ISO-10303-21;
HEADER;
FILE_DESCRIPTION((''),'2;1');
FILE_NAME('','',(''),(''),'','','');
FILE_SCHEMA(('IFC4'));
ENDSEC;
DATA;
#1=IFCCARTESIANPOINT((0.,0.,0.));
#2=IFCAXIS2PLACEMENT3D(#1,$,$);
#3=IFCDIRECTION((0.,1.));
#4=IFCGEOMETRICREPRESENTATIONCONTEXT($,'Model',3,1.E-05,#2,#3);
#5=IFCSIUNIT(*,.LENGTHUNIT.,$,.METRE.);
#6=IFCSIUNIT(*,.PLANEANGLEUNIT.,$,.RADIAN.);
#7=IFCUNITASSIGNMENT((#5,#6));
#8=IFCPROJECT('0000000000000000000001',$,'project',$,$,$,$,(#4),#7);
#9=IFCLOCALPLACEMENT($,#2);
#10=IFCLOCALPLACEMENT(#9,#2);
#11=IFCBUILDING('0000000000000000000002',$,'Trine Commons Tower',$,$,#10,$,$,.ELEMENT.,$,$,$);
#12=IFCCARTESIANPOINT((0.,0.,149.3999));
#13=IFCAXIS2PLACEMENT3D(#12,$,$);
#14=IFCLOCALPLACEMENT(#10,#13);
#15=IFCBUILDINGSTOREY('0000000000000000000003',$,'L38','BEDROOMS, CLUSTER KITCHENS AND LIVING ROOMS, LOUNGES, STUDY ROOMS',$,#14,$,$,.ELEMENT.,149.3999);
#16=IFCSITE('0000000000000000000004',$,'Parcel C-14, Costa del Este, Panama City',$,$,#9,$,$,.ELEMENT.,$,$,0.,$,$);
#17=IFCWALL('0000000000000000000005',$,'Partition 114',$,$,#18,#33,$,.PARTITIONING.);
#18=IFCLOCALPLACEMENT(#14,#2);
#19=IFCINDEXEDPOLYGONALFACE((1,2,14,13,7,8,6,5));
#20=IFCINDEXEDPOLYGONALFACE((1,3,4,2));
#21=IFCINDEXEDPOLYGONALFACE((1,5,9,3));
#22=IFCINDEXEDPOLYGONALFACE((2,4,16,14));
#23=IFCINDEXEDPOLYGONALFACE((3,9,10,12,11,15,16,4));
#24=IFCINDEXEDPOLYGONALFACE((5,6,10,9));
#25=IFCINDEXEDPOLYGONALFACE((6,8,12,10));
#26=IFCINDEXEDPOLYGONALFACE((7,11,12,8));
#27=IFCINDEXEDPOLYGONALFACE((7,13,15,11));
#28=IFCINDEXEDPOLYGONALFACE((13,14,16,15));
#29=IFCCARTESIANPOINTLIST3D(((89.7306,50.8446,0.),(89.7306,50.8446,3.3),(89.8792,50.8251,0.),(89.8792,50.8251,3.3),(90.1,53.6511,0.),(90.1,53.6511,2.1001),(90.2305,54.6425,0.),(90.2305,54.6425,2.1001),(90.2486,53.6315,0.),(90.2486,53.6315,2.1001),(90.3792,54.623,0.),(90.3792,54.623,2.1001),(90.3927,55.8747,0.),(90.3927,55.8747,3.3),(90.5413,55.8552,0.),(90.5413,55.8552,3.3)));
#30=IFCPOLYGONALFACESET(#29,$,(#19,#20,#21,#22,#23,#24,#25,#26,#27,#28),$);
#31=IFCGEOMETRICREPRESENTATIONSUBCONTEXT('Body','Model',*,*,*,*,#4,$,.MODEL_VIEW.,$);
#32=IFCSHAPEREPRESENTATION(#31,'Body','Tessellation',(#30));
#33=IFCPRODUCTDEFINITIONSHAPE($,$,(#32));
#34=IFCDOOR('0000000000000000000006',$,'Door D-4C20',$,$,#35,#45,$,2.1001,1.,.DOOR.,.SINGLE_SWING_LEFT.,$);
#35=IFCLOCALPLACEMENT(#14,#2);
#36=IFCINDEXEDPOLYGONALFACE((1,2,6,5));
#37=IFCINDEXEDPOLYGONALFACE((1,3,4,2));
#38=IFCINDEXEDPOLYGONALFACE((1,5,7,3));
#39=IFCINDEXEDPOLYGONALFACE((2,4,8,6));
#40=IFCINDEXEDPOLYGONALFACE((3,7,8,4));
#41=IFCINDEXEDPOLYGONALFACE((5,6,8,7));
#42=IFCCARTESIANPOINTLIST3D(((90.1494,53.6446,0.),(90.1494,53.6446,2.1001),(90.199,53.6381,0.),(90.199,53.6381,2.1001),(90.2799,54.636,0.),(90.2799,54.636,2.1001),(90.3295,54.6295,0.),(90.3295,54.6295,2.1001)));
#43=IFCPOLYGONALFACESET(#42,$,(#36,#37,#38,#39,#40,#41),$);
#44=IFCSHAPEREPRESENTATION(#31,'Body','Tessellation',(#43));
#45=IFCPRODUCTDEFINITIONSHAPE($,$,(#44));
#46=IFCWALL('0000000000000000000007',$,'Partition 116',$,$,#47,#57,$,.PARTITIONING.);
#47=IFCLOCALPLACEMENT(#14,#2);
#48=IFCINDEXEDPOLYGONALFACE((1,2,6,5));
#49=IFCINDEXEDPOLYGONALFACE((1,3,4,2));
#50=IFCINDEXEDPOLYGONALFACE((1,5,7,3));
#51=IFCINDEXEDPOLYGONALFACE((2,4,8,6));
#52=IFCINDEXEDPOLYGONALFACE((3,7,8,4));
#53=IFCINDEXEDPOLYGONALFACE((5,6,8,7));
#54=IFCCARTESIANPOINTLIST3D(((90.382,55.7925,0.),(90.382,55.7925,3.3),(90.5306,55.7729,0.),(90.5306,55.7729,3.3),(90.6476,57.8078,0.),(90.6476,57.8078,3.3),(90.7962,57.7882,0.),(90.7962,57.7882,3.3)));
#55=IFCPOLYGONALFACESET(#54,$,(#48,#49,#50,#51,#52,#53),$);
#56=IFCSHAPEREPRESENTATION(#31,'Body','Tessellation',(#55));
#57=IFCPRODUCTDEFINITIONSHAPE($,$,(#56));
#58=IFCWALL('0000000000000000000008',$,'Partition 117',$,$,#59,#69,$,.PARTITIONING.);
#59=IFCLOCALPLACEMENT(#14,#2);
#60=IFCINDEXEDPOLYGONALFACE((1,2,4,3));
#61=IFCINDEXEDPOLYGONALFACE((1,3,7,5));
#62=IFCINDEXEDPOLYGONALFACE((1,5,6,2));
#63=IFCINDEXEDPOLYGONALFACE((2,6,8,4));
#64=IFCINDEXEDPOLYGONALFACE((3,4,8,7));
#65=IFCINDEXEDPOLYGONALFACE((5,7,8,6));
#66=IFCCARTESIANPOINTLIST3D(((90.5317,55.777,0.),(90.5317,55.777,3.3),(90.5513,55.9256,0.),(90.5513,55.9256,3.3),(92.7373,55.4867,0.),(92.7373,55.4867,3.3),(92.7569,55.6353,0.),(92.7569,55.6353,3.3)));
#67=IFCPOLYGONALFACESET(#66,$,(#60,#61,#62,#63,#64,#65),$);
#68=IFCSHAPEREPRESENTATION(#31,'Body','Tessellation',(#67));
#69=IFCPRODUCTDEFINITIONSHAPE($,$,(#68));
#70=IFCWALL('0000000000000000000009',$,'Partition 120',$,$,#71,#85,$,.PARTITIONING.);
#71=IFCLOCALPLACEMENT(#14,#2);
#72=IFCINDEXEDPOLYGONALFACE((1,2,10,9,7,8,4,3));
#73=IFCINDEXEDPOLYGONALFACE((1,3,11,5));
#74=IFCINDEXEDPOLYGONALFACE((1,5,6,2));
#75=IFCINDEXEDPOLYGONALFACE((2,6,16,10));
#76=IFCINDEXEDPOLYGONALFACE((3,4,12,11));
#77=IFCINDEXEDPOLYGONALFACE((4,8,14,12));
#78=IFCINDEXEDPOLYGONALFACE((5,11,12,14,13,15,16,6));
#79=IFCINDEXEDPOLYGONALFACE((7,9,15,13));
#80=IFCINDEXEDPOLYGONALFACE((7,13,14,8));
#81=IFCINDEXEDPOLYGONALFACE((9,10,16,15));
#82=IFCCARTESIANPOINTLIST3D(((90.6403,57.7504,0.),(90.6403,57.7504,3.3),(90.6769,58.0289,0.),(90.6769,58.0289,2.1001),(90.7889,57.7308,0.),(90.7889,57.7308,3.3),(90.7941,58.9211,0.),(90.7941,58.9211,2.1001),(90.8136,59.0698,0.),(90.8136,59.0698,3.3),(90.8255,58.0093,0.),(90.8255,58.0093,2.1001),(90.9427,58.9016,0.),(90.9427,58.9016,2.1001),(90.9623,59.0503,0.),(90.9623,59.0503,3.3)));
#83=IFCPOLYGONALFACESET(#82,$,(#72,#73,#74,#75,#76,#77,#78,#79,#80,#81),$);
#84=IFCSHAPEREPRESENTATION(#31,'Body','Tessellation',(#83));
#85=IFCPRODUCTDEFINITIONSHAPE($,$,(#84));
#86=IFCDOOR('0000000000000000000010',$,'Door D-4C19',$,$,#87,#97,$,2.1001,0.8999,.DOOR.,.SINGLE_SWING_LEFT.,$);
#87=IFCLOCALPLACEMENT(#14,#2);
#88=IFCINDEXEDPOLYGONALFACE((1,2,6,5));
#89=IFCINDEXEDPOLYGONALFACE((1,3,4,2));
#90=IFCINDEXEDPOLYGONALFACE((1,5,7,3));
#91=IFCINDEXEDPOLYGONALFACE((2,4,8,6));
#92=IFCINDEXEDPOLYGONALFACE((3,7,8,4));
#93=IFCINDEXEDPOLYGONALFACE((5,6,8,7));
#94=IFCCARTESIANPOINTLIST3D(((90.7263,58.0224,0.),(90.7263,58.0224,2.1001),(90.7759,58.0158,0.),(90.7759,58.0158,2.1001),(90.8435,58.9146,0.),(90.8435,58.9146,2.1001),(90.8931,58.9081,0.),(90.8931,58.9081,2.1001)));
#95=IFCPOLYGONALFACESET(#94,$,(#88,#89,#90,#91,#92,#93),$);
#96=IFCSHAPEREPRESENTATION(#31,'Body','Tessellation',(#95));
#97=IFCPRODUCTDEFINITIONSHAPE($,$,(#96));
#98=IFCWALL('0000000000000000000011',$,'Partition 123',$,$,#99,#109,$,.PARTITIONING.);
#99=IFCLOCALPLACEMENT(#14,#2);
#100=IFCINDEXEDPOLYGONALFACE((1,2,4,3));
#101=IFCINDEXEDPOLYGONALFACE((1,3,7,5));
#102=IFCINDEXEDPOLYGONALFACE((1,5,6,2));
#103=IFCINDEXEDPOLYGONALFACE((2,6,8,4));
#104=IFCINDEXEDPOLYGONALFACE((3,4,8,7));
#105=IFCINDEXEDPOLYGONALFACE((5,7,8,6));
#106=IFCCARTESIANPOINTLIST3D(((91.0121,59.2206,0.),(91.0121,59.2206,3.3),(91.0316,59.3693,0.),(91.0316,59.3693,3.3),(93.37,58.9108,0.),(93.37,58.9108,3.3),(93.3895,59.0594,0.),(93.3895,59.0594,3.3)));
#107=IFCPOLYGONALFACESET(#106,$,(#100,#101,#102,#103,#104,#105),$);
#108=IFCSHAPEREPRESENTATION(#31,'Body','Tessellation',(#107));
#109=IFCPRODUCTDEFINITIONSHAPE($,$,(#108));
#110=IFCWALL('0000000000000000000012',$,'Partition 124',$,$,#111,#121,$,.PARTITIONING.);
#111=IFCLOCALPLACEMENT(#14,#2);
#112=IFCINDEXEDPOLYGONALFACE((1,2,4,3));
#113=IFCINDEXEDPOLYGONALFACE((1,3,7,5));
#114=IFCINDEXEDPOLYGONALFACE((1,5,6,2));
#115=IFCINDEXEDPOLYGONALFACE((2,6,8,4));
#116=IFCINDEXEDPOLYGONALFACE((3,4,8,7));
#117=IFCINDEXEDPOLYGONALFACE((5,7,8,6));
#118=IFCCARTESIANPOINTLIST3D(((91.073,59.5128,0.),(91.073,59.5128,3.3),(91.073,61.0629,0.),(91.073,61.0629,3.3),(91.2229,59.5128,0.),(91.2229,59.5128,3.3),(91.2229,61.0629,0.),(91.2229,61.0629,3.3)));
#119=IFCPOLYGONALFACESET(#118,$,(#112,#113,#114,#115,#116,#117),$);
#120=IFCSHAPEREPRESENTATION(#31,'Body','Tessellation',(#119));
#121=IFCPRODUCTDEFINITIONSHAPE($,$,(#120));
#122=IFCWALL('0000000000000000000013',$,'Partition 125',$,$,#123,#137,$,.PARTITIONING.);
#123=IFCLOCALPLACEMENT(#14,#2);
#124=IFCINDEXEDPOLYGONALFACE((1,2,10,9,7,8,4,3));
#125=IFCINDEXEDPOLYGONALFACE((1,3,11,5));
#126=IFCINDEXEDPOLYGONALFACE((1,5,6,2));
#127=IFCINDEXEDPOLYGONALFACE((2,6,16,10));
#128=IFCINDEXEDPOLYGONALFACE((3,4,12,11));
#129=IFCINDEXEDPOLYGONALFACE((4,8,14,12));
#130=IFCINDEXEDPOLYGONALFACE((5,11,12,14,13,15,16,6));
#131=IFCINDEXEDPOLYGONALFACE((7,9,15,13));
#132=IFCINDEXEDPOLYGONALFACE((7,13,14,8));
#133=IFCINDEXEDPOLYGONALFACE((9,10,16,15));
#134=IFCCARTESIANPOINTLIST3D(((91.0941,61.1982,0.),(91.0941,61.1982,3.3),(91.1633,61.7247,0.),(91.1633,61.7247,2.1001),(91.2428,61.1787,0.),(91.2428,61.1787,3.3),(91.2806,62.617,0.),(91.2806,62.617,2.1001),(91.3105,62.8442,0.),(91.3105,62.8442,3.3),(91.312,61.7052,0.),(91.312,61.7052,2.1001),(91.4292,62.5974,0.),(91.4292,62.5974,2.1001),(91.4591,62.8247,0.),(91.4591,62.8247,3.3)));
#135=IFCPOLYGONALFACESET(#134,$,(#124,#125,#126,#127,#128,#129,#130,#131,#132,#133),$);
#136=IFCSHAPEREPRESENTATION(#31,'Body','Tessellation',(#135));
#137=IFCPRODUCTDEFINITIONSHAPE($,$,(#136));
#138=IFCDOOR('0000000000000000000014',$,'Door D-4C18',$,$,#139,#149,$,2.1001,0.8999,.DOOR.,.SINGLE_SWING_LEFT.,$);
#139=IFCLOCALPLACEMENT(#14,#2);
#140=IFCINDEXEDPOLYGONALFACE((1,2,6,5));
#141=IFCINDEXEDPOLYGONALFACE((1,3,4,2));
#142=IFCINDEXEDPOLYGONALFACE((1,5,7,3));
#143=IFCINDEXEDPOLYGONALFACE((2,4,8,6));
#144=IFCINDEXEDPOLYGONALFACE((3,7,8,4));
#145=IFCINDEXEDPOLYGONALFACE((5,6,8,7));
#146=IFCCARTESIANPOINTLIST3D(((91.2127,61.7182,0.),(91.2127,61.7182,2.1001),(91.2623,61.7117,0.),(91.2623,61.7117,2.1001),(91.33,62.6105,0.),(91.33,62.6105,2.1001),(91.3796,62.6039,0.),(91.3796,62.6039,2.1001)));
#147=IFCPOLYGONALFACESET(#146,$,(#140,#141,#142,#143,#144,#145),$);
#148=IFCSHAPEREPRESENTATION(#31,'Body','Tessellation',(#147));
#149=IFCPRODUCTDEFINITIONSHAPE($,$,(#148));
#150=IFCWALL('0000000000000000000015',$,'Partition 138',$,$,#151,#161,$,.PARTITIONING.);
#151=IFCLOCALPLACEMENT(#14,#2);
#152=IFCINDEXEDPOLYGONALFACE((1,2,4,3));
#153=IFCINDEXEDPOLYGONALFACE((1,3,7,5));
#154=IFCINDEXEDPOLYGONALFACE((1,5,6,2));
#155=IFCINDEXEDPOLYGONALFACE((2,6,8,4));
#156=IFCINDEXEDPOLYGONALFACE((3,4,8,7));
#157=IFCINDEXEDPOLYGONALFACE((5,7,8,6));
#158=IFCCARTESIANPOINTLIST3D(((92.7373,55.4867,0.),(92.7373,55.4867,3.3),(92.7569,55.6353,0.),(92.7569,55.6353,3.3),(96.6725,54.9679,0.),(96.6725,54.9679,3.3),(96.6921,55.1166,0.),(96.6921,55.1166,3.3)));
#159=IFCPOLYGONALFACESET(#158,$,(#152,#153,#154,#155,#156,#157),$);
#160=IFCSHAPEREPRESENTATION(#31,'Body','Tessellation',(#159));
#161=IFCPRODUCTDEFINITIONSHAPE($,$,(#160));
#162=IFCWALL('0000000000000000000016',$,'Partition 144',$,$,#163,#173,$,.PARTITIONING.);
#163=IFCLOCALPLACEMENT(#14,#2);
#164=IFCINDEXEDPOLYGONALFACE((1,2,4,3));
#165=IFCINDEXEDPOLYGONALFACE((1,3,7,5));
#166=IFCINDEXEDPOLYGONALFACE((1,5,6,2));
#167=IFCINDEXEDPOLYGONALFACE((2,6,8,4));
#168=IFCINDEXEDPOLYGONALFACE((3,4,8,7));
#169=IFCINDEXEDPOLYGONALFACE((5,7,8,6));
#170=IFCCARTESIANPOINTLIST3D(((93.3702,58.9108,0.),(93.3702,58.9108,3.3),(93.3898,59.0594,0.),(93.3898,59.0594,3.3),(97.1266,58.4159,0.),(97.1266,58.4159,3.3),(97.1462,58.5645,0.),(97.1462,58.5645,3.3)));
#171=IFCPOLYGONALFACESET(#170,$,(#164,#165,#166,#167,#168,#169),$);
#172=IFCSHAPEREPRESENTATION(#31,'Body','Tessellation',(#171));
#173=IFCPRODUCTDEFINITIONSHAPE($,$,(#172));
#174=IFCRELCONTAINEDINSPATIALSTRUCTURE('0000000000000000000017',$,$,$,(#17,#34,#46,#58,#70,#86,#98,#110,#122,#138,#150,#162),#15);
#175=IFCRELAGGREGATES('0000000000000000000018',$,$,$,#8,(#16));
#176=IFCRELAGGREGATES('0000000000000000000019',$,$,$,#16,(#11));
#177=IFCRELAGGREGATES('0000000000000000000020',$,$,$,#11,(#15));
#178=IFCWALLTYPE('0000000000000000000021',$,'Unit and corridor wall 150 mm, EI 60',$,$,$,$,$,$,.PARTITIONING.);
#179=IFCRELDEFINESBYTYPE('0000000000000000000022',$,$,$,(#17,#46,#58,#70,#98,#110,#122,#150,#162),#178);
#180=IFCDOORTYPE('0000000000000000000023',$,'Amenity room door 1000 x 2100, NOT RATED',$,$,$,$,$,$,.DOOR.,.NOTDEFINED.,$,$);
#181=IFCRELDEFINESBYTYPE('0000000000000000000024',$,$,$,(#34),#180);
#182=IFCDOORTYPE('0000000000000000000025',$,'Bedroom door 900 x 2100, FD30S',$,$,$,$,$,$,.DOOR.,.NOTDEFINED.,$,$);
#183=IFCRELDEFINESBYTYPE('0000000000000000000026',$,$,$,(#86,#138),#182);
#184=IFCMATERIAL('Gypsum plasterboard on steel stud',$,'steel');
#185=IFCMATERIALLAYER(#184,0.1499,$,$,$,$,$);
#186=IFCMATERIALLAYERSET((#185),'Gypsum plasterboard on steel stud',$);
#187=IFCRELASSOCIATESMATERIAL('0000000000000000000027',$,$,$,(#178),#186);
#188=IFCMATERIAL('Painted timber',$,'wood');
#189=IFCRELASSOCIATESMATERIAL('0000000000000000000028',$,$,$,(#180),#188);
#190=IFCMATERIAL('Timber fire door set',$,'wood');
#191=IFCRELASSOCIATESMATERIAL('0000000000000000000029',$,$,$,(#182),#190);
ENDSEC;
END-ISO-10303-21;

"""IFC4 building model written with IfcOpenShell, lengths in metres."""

from ifc_helpers import new_model, si_unit, direction, frame, frame_2d, origin, place, context, subcontext, project, spatial, rectangle, extrude, material, layer, layer_set, type_object, element, fill, save


model = new_model("IFC4")

# Units and contexts
model_context = context("Model", 3, precision=1e-05, world=origin(), true_north=direction((0.0, 1.0)))
body_context = subcontext(model_context, "Body", "Model", "MODEL_VIEW")
ifc_project = project(units=[si_unit("LENGTHUNIT", "METRE"), si_unit("PLANEANGLEUNIT", "RADIAN")], contexts=[model_context])

# Site, building, storey
site_placement = place(None, origin())
site = spatial("IfcSite", under=ifc_project, at=site_placement, Name="Parcel C-14, Costa del Este, Panama City", CompositionType="ELEMENT", RefElevation=0.0)
building_placement = place(site_placement, origin())
building = spatial("IfcBuilding", under=site, at=building_placement, Name="Trine Commons Tower", CompositionType="ELEMENT")
storey_placement = place(building_placement, frame((0.0, 0.0, 149.3999)))
storey = spatial("IfcBuildingStorey", under=building, at=storey_placement, Name="L38", Description="BEDROOMS, CLUSTER KITCHENS AND LIVING ROOMS, LOUNGES, STUDY ROOMS", CompositionType="ELEMENT", Elevation=149.3999)

# Shared definitions
ifc_material_1 = material(Name="Gypsum plasterboard on steel stud", Category="steel")
ifc_layer_1 = layer(ifc_material_1, 0.1499)
ifc_layer_set_1 = layer_set([ifc_layer_1], Name="Gypsum plasterboard on steel stud")
wall_type_1 = type_object("IfcWallType", Name="Unit and corridor wall 150 mm, EI 60", PredefinedType="PARTITIONING", material=ifc_layer_set_1)

# Wall, opening, door
wall_1_placement = place(storey_placement, frame((89.8049, 50.835, 0.0), z_axis=(0.0, 0.0, 1.0), x_axis=(0.130506, 0.991448, 0.0)))
wall_1 = element("IfcWall", 1, at=wall_1_placement, inside=storey, type_object=wall_type_1, Name="Partition 114", PredefinedType="PARTITIONING", context=body_context, shape_type="SweptSolid", body=[
    extrude(rectangle(XDim=5.0735, YDim=0.1499, at=frame_2d((2.5366, 0.0))), origin(), (0.0, 0.0, 1.0), 3.3),
])
opening_1_placement = place(wall_1_placement, frame((2.8306, 0.0, 0.0)))
opening_1 = element("IfcOpeningElement", 2, at=opening_1_placement, cuts=wall_1, PredefinedType="OPENING", context=body_context, shape_type="SweptSolid", body=[
    extrude(rectangle(XDim=1.0, YDim=2.1001, at=frame_2d((0.5, 1.05))), frame((0.0, 0.085, 0.0), z_axis=(0.0, -1.0, 0.0), x_axis=(1.0, 0.0, 0.0)), (0.0, 0.0, 1.0), 0.1699),
])
ifc_material_2 = material(Name="Painted timber", Category="wood")
door_type_1 = type_object("IfcDoorType", Name="Amenity room door 1000 x 2100, NOT RATED", OperationType="NOTDEFINED", PredefinedType="DOOR", material=ifc_material_2)
door_1_placement = place(opening_1_placement, frame((1.0, 0.0, 0.0), z_axis=(0.0, 0.0, 1.0), x_axis=(-1.0, 0.0, 0.0)))
door_1 = element("IfcDoor", 3, at=door_1_placement, inside=storey, type_object=door_type_1, Name="Door D-4C20", OperationType="SINGLE_SWING_LEFT", OverallHeight=2.1001, OverallWidth=1.0, PredefinedType="DOOR", context=body_context, shape_type="SweptSolid", body=[
    extrude(rectangle(XDim=1.0, YDim=2.1001, at=frame_2d((0.5, 1.05))), frame((0.0, 0.0249, 0.0), z_axis=(0.0, -1.0, 0.0), x_axis=(1.0, 0.0, 0.0)), (0.0, 0.0, 1.0), 0.05),
])
fill(opening_1, door_1)

# Walls
wall_2_placement = place(storey_placement, frame((90.4563, 55.7827, 0.0), z_axis=(0.0, 0.0, 1.0), x_axis=(0.130669, 0.991426, 0.0)))
element("IfcWall", 4, at=wall_2_placement, inside=storey, type_object=wall_type_1, Name="Partition 116", PredefinedType="PARTITIONING", context=body_context, shape_type="SweptSolid", body=[
    extrude(rectangle(XDim=2.0327, YDim=0.1499, at=frame_2d((1.0164, 0.0))), origin(), (0.0, 0.0, 1.0), 3.3),
])
wall_3_placement = place(storey_placement, frame((90.5415, 55.8513, 0.0), z_axis=(0.0, 0.0, 1.0), x_axis=(0.99145, -0.130489, 0.0)))
element("IfcWall", 5, at=wall_3_placement, inside=storey, type_object=wall_type_1, Name="Partition 117", PredefinedType="PARTITIONING", context=body_context, shape_type="SweptSolid", body=[
    extrude(rectangle(XDim=2.2246, YDim=0.1499, at=frame_2d((1.1123, 0.0))), origin(), (0.0, 0.0, 1.0), 3.3),
])

# Wall, opening, door
wall_4_placement = place(storey_placement, frame((90.7146, 57.7405, 0.0), z_axis=(0.0, 0.0, 1.0), x_axis=(0.130241, 0.991482, 0.0)))
wall_4 = element("IfcWall", 6, at=wall_4_placement, inside=storey, type_object=wall_type_1, Name="Partition 120", PredefinedType="PARTITIONING", context=body_context, shape_type="SweptSolid", body=[
    extrude(rectangle(XDim=1.3308, YDim=0.1499, at=frame_2d((0.6655, 0.0))), origin(), (0.0, 0.0, 1.0), 3.3),
])
opening_2_placement = place(wall_4_placement, frame((0.281, 0.0, 0.0)))
opening_2 = element("IfcOpeningElement", 7, at=opening_2_placement, cuts=wall_4, PredefinedType="OPENING", context=body_context, shape_type="SweptSolid", body=[
    extrude(rectangle(XDim=0.8999, YDim=2.1001, at=frame_2d((0.45, 1.05))), frame((0.0, 0.085, 0.0), z_axis=(0.0, -1.0, 0.0), x_axis=(1.0, 0.0, 0.0)), (0.0, 0.0, 1.0), 0.1699),
])
ifc_material_3 = material(Name="Timber fire door set", Category="wood")
door_type_2 = type_object("IfcDoorType", Name="Bedroom door 900 x 2100, FD30S", OperationType="NOTDEFINED", PredefinedType="DOOR", material=ifc_material_3)
door_2_placement = place(opening_2_placement, frame((0.8999, 0.0, 0.0), z_axis=(0.0, 0.0, 1.0), x_axis=(-1.0, 0.0, 0.0)))
door_2 = element("IfcDoor", 8, at=door_2_placement, inside=storey, type_object=door_type_2, Name="Door D-4C19", OperationType="SINGLE_SWING_LEFT", OverallHeight=2.1001, OverallWidth=0.8999, PredefinedType="DOOR", context=body_context, shape_type="SweptSolid", body=[
    extrude(rectangle(XDim=0.8999, YDim=2.1001, at=frame_2d((0.45, 1.05))), frame((0.0, 0.0249, 0.0), z_axis=(0.0, -1.0, 0.0), x_axis=(1.0, 0.0, 0.0)), (0.0, 0.0, 1.0), 0.05),
])
fill(opening_2, door_2)

# Walls
wall_5_placement = place(storey_placement, frame((91.022, 59.2949, 0.0), z_axis=(0.0, 0.0, 1.0), x_axis=(0.991478, -0.130274, 0.0)))
element("IfcWall", 9, at=wall_5_placement, inside=storey, type_object=wall_type_1, Name="Partition 123", PredefinedType="PARTITIONING", context=body_context, shape_type="SweptSolid", body=[
    extrude(rectangle(XDim=2.3782, YDim=0.1499, at=frame_2d((1.189, 0.0))), origin(), (0.0, 0.0, 1.0), 3.3),
])
wall_6_placement = place(storey_placement, frame((91.1479, 59.5129, 0.0), z_axis=(0.0, 0.0, 1.0), x_axis=(0.0, 1.0, 0.0)))
element("IfcWall", 10, at=wall_6_placement, inside=storey, type_object=wall_type_1, Name="Partition 124", PredefinedType="PARTITIONING", context=body_context, shape_type="SweptSolid", body=[
    extrude(rectangle(XDim=1.55, YDim=0.1499, at=frame_2d((0.7749, 0.0))), origin(), (0.0, 0.0, 1.0), 3.3),
])

# Wall, opening, door
wall_7_placement = place(storey_placement, frame((91.1685, 61.1885, 0.0), z_axis=(0.0, 0.0, 1.0), x_axis=(0.130295, 0.991475, 0.0)))
wall_7 = element("IfcWall", 11, at=wall_7_placement, inside=storey, type_object=wall_type_1, Name="Partition 125", PredefinedType="PARTITIONING", context=body_context, shape_type="SweptSolid", body=[
    extrude(rectangle(XDim=1.6602, YDim=0.1499, at=frame_2d((0.8301, 0.0))), origin(), (0.0, 0.0, 1.0), 3.3),
])
opening_3_placement = place(wall_7_placement, frame((0.531, 0.0, 0.0)))
opening_3 = element("IfcOpeningElement", 12, at=opening_3_placement, cuts=wall_7, PredefinedType="OPENING", context=body_context, shape_type="SweptSolid", body=[
    extrude(rectangle(XDim=0.8999, YDim=2.1001, at=frame_2d((0.45, 1.05))), frame((0.0, 0.085, 0.0), z_axis=(0.0, -1.0, 0.0), x_axis=(1.0, 0.0, 0.0)), (0.0, 0.0, 1.0), 0.1699),
])
door_3_placement = place(opening_3_placement, frame((0.8999, 0.0, 0.0), z_axis=(0.0, 0.0, 1.0), x_axis=(-1.0, 0.0, 0.0)))
door_3 = element("IfcDoor", 13, at=door_3_placement, inside=storey, type_object=door_type_2, Name="Door D-4C18", OperationType="SINGLE_SWING_LEFT", OverallHeight=2.1001, OverallWidth=0.8999, PredefinedType="DOOR", context=body_context, shape_type="SweptSolid", body=[
    extrude(rectangle(XDim=0.8999, YDim=2.1001, at=frame_2d((0.45, 1.05))), frame((0.0, 0.0249, 0.0), z_axis=(0.0, -1.0, 0.0), x_axis=(1.0, 0.0, 0.0)), (0.0, 0.0, 1.0), 0.05),
])
fill(opening_3, door_3)

# Walls
wall_8_placement = place(storey_placement, frame((92.7471, 55.561, 0.0), z_axis=(0.0, 0.0, 1.0), x_axis=(0.991422, -0.130701, 0.0)))
element("IfcWall", 14, at=wall_8_placement, inside=storey, type_object=wall_type_1, Name="Partition 138", PredefinedType="PARTITIONING", context=body_context, shape_type="SweptSolid", body=[
    extrude(rectangle(XDim=3.9692, YDim=0.1499, at=frame_2d((1.9846, 0.0))), origin(), (0.0, 0.0, 1.0), 3.3),
])
wall_9_placement = place(storey_placement, frame((93.3799, 58.9851, 0.0), z_axis=(0.0, 0.0, 1.0), x_axis=(0.991433, -0.130615, 0.0)))
element("IfcWall", 15, at=wall_9_placement, inside=storey, type_object=wall_type_1, Name="Partition 144", PredefinedType="PARTITIONING", context=body_context, shape_type="SweptSolid", body=[
    extrude(rectangle(XDim=3.7888, YDim=0.1499, at=frame_2d((1.8945, 0.0))), origin(), (0.0, 0.0, 1.0), 3.3),
])

save(model, "model.ifc")
